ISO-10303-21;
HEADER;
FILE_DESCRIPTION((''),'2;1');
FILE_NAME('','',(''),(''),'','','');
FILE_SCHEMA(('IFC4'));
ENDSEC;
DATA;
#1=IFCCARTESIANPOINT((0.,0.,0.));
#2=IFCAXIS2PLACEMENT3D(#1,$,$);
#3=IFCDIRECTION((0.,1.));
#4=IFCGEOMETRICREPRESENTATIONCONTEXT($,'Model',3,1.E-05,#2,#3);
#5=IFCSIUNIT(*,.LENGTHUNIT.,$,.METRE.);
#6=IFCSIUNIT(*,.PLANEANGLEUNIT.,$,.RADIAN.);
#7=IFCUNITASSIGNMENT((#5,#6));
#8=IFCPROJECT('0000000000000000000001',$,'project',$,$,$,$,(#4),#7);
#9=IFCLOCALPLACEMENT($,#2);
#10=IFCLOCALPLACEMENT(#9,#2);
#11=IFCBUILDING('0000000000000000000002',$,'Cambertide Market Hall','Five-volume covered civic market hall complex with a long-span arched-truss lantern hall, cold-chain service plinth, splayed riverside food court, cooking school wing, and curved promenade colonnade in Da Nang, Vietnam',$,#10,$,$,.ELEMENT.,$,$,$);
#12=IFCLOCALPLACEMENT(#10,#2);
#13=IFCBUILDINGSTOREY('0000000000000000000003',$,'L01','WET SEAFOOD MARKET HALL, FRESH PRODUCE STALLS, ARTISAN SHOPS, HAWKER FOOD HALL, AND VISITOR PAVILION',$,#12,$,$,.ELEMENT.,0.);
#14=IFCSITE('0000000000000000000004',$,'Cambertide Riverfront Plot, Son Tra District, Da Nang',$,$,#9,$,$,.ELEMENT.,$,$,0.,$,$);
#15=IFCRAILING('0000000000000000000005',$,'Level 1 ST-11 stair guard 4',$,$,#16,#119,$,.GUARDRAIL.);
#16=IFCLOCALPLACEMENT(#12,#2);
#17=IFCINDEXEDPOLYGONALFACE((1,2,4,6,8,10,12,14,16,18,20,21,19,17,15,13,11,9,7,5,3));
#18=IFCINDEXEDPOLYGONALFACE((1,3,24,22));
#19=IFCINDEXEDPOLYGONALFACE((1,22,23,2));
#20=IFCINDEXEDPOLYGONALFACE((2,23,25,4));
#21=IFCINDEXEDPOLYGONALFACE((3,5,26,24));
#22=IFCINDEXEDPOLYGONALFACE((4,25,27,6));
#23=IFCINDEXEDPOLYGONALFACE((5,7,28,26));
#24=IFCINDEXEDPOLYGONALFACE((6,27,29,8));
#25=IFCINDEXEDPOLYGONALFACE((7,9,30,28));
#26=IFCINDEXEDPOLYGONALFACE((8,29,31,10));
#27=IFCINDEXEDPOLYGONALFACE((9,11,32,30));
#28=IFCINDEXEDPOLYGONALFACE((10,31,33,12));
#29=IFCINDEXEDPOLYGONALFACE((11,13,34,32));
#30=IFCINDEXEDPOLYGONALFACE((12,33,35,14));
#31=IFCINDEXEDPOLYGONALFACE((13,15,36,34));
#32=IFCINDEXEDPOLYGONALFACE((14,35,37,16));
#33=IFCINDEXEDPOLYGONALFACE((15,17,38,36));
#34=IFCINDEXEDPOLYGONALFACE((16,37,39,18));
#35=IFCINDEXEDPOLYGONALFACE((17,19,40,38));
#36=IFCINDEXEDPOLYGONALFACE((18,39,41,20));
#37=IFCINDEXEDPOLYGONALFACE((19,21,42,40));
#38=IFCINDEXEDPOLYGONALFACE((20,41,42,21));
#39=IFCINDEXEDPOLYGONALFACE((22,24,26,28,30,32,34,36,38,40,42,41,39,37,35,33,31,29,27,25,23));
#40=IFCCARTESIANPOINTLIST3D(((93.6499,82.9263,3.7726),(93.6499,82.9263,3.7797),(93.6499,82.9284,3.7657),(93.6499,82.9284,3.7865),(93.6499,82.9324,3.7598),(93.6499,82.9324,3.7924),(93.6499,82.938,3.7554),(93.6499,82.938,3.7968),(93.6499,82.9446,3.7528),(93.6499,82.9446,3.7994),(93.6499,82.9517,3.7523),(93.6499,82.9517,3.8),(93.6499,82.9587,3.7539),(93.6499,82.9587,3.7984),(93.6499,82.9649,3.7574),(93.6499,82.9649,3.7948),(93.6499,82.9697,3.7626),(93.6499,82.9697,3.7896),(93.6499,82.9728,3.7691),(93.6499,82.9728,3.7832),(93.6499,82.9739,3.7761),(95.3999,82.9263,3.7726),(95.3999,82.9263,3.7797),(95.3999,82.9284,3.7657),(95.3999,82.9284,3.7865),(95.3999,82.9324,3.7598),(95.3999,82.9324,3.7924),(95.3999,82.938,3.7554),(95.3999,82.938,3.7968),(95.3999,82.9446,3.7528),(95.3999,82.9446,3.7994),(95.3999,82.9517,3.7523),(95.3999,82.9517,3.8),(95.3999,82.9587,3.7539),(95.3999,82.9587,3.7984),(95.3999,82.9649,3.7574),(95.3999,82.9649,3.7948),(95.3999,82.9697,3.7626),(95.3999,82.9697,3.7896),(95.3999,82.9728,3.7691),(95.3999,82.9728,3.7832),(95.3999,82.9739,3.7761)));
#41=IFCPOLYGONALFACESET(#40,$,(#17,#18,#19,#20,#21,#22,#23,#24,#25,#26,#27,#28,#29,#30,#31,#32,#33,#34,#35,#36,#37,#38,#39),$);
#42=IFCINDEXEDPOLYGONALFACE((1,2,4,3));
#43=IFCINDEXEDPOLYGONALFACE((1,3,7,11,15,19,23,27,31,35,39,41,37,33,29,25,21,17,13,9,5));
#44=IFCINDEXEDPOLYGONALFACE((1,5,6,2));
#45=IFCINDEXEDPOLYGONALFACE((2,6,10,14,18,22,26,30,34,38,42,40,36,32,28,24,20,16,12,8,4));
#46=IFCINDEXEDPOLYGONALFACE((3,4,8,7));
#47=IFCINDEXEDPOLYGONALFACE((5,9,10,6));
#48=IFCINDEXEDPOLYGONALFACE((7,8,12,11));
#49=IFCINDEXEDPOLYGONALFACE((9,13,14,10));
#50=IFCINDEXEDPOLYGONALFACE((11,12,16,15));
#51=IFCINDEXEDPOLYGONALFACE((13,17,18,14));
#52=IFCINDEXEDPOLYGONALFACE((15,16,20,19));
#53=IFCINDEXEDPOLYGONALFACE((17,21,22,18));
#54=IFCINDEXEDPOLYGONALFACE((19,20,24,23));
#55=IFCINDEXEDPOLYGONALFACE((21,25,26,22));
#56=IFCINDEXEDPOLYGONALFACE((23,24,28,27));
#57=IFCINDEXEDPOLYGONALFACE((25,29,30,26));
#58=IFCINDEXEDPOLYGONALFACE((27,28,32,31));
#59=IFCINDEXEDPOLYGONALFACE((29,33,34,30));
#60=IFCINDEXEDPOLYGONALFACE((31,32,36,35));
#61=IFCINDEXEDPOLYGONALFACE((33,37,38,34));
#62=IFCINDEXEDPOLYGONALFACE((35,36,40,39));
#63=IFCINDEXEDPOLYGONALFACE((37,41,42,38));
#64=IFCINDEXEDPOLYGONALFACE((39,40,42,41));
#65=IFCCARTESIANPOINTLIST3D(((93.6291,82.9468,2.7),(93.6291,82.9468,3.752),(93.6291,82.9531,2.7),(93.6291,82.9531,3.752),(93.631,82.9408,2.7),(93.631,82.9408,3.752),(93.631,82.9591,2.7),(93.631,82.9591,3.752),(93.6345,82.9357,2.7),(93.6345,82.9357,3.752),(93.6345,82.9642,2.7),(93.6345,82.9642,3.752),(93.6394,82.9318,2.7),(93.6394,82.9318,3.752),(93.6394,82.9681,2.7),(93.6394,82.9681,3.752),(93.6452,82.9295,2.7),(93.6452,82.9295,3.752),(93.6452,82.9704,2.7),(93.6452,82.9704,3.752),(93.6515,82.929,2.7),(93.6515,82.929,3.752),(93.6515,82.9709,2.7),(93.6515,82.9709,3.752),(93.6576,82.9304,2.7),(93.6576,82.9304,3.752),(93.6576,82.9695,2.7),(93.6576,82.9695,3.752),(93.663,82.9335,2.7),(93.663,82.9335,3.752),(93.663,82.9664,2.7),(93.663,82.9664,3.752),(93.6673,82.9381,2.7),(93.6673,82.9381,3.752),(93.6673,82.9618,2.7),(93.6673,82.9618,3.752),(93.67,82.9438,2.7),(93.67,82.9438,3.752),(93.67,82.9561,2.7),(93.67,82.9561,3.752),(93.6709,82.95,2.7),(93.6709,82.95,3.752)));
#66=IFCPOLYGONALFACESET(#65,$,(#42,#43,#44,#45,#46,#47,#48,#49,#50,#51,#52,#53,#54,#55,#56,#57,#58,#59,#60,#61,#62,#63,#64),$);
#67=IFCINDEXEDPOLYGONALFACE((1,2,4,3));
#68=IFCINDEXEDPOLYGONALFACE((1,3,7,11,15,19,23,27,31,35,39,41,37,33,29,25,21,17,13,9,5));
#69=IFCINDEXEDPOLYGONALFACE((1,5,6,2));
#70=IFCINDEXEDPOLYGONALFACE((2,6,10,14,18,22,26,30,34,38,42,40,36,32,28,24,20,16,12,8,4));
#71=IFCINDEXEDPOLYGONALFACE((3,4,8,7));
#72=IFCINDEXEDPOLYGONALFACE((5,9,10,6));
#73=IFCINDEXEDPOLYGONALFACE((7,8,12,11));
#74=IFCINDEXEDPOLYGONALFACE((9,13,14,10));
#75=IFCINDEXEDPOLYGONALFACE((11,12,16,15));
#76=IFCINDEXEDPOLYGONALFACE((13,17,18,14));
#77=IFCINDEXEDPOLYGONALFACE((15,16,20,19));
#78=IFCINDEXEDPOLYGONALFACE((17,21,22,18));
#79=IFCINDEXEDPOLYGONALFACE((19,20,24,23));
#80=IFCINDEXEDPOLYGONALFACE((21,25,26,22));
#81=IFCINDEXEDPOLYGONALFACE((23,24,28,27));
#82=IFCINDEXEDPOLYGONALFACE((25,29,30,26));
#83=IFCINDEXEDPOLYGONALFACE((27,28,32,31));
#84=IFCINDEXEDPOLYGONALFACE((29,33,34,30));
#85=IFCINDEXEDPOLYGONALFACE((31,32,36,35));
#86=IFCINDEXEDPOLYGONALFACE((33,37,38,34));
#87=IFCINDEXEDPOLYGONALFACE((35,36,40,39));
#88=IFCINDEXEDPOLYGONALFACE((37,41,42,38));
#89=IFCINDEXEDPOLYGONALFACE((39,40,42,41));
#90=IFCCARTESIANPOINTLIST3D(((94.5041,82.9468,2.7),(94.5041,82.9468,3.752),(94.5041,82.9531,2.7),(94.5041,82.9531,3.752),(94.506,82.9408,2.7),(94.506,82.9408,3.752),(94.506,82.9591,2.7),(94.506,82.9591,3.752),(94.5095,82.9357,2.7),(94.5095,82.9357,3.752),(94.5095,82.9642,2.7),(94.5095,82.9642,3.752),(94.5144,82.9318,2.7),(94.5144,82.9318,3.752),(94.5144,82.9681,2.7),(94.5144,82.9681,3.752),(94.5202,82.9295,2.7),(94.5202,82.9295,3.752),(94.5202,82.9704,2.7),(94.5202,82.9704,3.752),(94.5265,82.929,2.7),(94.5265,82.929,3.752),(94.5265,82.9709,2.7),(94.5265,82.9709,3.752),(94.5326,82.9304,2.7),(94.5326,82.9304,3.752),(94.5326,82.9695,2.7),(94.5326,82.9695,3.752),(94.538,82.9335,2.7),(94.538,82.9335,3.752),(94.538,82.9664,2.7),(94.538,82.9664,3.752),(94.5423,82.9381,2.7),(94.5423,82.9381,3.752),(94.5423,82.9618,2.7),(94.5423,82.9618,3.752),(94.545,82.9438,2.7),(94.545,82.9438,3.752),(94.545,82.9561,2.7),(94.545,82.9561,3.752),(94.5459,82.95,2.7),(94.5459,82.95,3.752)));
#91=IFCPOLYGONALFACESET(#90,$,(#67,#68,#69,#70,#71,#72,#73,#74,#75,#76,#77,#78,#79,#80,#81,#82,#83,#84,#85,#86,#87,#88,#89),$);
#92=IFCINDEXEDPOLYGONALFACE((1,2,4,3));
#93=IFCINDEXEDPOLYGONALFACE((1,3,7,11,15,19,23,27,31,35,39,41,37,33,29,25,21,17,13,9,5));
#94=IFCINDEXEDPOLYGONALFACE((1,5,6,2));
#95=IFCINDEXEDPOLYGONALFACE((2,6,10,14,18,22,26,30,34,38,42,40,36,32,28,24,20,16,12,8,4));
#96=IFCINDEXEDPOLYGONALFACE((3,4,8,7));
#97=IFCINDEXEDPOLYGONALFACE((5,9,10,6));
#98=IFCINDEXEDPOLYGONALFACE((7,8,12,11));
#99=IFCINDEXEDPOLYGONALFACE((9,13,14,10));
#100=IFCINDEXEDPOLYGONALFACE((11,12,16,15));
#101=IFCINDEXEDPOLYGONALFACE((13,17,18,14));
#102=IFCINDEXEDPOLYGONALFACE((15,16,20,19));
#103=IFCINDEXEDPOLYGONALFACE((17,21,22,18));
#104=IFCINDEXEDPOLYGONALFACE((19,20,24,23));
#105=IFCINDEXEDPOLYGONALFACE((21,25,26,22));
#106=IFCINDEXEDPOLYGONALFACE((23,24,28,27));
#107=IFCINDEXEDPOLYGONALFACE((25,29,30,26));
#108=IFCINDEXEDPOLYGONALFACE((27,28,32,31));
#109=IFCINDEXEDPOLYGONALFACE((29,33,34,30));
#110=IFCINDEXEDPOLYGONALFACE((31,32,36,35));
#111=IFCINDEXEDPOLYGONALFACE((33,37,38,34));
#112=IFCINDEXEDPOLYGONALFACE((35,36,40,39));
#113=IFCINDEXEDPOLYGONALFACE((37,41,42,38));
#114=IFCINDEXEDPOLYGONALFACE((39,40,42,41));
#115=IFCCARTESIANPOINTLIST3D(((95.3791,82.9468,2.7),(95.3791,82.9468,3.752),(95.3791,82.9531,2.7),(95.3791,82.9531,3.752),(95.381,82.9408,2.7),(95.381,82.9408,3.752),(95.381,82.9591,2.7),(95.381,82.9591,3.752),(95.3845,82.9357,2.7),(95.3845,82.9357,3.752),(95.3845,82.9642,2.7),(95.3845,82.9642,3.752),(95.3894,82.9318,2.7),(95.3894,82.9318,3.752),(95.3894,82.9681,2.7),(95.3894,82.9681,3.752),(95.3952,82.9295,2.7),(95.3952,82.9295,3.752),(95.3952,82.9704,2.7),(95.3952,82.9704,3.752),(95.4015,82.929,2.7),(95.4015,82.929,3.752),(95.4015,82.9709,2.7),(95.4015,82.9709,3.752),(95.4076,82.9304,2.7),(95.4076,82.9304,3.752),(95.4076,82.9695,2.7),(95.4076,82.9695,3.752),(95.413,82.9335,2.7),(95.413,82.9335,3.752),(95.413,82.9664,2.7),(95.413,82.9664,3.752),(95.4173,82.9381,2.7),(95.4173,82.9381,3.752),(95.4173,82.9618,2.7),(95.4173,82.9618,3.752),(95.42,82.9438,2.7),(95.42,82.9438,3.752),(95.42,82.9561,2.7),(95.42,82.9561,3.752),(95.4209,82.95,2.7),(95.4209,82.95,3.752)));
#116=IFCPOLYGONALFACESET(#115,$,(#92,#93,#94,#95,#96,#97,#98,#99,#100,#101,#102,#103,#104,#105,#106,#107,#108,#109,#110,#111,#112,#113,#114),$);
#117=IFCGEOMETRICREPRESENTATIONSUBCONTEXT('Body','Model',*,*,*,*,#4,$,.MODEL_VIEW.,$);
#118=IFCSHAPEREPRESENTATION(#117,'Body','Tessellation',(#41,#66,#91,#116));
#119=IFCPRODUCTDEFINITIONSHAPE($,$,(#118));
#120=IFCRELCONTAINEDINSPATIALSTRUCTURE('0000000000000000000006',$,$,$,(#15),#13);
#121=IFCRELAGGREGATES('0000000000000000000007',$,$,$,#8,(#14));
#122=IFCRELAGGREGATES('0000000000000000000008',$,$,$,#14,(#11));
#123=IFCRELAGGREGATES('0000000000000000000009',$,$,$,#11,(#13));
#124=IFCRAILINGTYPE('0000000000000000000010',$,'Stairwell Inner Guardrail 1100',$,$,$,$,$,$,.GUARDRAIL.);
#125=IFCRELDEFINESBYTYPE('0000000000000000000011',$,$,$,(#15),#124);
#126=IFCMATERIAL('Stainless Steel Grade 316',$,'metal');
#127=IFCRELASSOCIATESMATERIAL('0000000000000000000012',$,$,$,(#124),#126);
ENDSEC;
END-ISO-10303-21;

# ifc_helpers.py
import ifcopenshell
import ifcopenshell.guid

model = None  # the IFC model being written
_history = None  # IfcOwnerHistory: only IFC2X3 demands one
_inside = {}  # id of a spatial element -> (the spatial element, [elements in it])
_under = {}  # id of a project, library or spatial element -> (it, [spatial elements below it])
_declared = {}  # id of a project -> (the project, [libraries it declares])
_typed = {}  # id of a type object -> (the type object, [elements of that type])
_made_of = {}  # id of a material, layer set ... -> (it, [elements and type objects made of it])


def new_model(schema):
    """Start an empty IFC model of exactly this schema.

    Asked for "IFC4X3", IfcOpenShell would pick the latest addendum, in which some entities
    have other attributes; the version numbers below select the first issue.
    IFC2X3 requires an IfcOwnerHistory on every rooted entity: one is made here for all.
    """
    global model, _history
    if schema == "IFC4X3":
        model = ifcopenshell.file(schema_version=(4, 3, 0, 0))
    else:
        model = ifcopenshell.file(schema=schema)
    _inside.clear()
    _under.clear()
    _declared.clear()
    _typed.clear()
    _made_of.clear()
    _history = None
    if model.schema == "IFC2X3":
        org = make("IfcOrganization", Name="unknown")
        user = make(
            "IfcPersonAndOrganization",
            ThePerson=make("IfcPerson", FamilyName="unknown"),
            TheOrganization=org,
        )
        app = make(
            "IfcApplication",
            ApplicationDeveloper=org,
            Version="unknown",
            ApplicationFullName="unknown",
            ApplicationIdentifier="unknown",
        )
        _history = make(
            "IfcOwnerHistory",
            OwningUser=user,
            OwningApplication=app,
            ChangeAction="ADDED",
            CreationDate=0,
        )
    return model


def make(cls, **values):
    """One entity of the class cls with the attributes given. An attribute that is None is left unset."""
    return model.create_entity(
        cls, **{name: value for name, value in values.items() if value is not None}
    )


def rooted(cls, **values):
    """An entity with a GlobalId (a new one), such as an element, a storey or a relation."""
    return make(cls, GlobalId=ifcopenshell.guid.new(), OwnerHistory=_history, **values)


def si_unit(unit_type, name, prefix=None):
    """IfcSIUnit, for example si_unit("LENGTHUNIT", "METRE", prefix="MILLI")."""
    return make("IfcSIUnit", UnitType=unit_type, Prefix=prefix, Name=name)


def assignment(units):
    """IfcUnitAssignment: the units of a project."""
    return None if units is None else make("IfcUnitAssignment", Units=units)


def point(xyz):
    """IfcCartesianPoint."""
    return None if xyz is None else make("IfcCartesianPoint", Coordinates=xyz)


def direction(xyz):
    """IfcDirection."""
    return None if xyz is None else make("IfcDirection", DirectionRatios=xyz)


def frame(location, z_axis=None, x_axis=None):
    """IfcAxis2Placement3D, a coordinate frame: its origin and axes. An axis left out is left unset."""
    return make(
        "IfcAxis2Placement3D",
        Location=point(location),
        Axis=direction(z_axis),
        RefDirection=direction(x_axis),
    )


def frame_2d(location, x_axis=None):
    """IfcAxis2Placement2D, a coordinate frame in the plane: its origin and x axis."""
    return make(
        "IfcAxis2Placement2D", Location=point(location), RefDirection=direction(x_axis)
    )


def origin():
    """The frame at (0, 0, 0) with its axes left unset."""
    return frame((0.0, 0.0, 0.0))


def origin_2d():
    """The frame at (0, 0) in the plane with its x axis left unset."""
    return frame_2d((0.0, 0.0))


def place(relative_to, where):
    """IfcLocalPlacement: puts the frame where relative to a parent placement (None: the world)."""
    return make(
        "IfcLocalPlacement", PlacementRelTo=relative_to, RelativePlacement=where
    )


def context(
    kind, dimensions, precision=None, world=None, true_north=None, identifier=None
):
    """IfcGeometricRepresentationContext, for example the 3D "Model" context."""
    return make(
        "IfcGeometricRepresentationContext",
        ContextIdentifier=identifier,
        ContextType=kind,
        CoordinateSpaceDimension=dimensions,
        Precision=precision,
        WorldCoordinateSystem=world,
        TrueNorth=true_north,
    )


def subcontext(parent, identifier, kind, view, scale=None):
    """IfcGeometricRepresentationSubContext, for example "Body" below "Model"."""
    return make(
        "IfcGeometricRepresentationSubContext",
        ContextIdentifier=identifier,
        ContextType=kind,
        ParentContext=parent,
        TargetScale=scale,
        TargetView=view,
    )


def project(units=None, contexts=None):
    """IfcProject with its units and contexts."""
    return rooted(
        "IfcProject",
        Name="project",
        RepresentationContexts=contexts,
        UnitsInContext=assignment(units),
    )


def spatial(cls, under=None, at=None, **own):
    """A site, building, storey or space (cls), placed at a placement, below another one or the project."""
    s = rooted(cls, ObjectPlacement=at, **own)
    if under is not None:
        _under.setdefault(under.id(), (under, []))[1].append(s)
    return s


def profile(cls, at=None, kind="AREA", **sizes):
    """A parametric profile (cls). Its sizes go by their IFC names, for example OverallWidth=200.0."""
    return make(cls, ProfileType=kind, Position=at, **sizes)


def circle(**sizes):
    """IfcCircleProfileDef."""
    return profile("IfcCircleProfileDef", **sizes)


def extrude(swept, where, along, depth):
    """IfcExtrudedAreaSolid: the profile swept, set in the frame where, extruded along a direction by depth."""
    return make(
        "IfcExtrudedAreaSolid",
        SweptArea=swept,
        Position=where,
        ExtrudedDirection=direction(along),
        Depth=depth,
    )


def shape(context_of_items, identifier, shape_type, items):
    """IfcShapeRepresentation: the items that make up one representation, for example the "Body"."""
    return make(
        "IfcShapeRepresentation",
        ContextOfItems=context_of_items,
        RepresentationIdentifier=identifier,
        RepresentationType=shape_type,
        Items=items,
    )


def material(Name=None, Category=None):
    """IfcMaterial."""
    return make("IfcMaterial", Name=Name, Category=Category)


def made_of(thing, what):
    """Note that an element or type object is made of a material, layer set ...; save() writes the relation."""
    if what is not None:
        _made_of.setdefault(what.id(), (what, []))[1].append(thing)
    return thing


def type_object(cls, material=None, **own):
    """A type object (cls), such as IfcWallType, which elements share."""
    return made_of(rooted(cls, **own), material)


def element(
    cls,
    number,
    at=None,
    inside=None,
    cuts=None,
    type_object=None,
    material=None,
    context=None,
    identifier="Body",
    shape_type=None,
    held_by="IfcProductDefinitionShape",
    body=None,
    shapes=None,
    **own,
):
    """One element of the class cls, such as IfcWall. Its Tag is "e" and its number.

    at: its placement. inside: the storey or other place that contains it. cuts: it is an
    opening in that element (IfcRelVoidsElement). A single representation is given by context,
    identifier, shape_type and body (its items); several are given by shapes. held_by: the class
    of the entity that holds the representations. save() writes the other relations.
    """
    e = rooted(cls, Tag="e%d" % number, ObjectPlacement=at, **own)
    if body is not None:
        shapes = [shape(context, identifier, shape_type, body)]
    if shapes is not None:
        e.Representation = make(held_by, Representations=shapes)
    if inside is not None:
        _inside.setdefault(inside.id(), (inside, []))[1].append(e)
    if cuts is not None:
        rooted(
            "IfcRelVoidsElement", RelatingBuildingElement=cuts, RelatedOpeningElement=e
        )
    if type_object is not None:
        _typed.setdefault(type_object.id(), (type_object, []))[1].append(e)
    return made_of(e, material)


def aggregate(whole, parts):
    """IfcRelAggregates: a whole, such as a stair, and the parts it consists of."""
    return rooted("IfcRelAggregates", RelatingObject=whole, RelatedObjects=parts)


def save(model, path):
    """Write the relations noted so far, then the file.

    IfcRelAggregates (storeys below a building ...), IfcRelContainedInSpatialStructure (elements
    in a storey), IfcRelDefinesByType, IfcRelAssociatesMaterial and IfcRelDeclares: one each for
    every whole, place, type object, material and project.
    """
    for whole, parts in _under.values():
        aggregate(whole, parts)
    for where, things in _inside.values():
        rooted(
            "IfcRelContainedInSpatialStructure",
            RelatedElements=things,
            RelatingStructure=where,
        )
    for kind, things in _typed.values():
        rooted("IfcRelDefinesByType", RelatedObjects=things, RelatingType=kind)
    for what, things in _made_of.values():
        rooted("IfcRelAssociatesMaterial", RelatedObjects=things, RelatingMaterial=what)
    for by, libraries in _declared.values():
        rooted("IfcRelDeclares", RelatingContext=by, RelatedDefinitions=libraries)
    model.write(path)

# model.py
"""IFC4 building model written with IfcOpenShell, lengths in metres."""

from ifc_helpers import new_model, si_unit, direction, frame, origin, origin_2d, place, context, subcontext, project, spatial, circle, extrude, material, type_object, element, save


model = new_model("IFC4")

# Units and contexts
model_context = context("Model", 3, precision=1e-05, world=origin(), true_north=direction((0.0, 1.0)))
body_context = subcontext(model_context, "Body", "Model", "MODEL_VIEW")
ifc_project = project(units=[si_unit("LENGTHUNIT", "METRE"), si_unit("PLANEANGLEUNIT", "RADIAN")], contexts=[model_context])

# Site, building, storey
site_placement = place(None, origin())
site = spatial("IfcSite", under=ifc_project, at=site_placement, Name="Cambertide Riverfront Plot, Son Tra District, Da Nang", CompositionType="ELEMENT", RefElevation=0.0)
building_placement = place(site_placement, origin())
building = spatial("IfcBuilding", under=site, at=building_placement, Name="Cambertide Market Hall", Description="Five-volume covered civic market hall complex with a long-span arched-truss lantern hall, cold-chain service plinth, splayed riverside food court, cooking school wing, and curved promenade colonnade in Da Nang, Vietnam", CompositionType="ELEMENT")
storey_placement = place(building_placement, origin())
storey = spatial("IfcBuildingStorey", under=building, at=storey_placement, Name="L01", Description="WET SEAFOOD MARKET HALL, FRESH PRODUCE STALLS, ARTISAN SHOPS, HAWKER FOOD HALL, AND VISITOR PAVILION", CompositionType="ELEMENT", Elevation=0.0)

# Railing
ifc_material_1 = material(Name="Stainless Steel Grade 316", Category="metal")
railing_type_1 = type_object("IfcRailingType", Name="Stairwell Inner Guardrail 1100", PredefinedType="GUARDRAIL", material=ifc_material_1)
for number, where, name in (
    (1, (93.6499, 82.95, 2.7), "Level 1 ST-11 stair guard 4"),
):
    element("IfcRailing", number, at=place(storey_placement, frame(where)), inside=storey, type_object=railing_type_1, Name=name, PredefinedType="GUARDRAIL", context=body_context, shape_type="SweptSolid", body=[
        extrude(circle(Radius=0.0239, at=origin_2d()), frame((0.0, 0.0, 1.0762), z_axis=(1.0, 0.0, 0.0), x_axis=(0.0, 1.0, 0.0)), (0.0, 0.0, 1.0), 1.75),
        extrude(circle(Radius=0.021, at=origin_2d()), origin(), (0.0, 0.0, 1.0), 1.052),
        extrude(circle(Radius=0.021, at=origin_2d()), frame((0.875, 0.0, 0.0)), (0.0, 0.0, 1.0), 1.052),
        extrude(circle(Radius=0.021, at=origin_2d()), frame((1.75, 0.0, 0.0)), (0.0, 0.0, 1.0), 1.052),
    ])

save(model, "model.ifc")
